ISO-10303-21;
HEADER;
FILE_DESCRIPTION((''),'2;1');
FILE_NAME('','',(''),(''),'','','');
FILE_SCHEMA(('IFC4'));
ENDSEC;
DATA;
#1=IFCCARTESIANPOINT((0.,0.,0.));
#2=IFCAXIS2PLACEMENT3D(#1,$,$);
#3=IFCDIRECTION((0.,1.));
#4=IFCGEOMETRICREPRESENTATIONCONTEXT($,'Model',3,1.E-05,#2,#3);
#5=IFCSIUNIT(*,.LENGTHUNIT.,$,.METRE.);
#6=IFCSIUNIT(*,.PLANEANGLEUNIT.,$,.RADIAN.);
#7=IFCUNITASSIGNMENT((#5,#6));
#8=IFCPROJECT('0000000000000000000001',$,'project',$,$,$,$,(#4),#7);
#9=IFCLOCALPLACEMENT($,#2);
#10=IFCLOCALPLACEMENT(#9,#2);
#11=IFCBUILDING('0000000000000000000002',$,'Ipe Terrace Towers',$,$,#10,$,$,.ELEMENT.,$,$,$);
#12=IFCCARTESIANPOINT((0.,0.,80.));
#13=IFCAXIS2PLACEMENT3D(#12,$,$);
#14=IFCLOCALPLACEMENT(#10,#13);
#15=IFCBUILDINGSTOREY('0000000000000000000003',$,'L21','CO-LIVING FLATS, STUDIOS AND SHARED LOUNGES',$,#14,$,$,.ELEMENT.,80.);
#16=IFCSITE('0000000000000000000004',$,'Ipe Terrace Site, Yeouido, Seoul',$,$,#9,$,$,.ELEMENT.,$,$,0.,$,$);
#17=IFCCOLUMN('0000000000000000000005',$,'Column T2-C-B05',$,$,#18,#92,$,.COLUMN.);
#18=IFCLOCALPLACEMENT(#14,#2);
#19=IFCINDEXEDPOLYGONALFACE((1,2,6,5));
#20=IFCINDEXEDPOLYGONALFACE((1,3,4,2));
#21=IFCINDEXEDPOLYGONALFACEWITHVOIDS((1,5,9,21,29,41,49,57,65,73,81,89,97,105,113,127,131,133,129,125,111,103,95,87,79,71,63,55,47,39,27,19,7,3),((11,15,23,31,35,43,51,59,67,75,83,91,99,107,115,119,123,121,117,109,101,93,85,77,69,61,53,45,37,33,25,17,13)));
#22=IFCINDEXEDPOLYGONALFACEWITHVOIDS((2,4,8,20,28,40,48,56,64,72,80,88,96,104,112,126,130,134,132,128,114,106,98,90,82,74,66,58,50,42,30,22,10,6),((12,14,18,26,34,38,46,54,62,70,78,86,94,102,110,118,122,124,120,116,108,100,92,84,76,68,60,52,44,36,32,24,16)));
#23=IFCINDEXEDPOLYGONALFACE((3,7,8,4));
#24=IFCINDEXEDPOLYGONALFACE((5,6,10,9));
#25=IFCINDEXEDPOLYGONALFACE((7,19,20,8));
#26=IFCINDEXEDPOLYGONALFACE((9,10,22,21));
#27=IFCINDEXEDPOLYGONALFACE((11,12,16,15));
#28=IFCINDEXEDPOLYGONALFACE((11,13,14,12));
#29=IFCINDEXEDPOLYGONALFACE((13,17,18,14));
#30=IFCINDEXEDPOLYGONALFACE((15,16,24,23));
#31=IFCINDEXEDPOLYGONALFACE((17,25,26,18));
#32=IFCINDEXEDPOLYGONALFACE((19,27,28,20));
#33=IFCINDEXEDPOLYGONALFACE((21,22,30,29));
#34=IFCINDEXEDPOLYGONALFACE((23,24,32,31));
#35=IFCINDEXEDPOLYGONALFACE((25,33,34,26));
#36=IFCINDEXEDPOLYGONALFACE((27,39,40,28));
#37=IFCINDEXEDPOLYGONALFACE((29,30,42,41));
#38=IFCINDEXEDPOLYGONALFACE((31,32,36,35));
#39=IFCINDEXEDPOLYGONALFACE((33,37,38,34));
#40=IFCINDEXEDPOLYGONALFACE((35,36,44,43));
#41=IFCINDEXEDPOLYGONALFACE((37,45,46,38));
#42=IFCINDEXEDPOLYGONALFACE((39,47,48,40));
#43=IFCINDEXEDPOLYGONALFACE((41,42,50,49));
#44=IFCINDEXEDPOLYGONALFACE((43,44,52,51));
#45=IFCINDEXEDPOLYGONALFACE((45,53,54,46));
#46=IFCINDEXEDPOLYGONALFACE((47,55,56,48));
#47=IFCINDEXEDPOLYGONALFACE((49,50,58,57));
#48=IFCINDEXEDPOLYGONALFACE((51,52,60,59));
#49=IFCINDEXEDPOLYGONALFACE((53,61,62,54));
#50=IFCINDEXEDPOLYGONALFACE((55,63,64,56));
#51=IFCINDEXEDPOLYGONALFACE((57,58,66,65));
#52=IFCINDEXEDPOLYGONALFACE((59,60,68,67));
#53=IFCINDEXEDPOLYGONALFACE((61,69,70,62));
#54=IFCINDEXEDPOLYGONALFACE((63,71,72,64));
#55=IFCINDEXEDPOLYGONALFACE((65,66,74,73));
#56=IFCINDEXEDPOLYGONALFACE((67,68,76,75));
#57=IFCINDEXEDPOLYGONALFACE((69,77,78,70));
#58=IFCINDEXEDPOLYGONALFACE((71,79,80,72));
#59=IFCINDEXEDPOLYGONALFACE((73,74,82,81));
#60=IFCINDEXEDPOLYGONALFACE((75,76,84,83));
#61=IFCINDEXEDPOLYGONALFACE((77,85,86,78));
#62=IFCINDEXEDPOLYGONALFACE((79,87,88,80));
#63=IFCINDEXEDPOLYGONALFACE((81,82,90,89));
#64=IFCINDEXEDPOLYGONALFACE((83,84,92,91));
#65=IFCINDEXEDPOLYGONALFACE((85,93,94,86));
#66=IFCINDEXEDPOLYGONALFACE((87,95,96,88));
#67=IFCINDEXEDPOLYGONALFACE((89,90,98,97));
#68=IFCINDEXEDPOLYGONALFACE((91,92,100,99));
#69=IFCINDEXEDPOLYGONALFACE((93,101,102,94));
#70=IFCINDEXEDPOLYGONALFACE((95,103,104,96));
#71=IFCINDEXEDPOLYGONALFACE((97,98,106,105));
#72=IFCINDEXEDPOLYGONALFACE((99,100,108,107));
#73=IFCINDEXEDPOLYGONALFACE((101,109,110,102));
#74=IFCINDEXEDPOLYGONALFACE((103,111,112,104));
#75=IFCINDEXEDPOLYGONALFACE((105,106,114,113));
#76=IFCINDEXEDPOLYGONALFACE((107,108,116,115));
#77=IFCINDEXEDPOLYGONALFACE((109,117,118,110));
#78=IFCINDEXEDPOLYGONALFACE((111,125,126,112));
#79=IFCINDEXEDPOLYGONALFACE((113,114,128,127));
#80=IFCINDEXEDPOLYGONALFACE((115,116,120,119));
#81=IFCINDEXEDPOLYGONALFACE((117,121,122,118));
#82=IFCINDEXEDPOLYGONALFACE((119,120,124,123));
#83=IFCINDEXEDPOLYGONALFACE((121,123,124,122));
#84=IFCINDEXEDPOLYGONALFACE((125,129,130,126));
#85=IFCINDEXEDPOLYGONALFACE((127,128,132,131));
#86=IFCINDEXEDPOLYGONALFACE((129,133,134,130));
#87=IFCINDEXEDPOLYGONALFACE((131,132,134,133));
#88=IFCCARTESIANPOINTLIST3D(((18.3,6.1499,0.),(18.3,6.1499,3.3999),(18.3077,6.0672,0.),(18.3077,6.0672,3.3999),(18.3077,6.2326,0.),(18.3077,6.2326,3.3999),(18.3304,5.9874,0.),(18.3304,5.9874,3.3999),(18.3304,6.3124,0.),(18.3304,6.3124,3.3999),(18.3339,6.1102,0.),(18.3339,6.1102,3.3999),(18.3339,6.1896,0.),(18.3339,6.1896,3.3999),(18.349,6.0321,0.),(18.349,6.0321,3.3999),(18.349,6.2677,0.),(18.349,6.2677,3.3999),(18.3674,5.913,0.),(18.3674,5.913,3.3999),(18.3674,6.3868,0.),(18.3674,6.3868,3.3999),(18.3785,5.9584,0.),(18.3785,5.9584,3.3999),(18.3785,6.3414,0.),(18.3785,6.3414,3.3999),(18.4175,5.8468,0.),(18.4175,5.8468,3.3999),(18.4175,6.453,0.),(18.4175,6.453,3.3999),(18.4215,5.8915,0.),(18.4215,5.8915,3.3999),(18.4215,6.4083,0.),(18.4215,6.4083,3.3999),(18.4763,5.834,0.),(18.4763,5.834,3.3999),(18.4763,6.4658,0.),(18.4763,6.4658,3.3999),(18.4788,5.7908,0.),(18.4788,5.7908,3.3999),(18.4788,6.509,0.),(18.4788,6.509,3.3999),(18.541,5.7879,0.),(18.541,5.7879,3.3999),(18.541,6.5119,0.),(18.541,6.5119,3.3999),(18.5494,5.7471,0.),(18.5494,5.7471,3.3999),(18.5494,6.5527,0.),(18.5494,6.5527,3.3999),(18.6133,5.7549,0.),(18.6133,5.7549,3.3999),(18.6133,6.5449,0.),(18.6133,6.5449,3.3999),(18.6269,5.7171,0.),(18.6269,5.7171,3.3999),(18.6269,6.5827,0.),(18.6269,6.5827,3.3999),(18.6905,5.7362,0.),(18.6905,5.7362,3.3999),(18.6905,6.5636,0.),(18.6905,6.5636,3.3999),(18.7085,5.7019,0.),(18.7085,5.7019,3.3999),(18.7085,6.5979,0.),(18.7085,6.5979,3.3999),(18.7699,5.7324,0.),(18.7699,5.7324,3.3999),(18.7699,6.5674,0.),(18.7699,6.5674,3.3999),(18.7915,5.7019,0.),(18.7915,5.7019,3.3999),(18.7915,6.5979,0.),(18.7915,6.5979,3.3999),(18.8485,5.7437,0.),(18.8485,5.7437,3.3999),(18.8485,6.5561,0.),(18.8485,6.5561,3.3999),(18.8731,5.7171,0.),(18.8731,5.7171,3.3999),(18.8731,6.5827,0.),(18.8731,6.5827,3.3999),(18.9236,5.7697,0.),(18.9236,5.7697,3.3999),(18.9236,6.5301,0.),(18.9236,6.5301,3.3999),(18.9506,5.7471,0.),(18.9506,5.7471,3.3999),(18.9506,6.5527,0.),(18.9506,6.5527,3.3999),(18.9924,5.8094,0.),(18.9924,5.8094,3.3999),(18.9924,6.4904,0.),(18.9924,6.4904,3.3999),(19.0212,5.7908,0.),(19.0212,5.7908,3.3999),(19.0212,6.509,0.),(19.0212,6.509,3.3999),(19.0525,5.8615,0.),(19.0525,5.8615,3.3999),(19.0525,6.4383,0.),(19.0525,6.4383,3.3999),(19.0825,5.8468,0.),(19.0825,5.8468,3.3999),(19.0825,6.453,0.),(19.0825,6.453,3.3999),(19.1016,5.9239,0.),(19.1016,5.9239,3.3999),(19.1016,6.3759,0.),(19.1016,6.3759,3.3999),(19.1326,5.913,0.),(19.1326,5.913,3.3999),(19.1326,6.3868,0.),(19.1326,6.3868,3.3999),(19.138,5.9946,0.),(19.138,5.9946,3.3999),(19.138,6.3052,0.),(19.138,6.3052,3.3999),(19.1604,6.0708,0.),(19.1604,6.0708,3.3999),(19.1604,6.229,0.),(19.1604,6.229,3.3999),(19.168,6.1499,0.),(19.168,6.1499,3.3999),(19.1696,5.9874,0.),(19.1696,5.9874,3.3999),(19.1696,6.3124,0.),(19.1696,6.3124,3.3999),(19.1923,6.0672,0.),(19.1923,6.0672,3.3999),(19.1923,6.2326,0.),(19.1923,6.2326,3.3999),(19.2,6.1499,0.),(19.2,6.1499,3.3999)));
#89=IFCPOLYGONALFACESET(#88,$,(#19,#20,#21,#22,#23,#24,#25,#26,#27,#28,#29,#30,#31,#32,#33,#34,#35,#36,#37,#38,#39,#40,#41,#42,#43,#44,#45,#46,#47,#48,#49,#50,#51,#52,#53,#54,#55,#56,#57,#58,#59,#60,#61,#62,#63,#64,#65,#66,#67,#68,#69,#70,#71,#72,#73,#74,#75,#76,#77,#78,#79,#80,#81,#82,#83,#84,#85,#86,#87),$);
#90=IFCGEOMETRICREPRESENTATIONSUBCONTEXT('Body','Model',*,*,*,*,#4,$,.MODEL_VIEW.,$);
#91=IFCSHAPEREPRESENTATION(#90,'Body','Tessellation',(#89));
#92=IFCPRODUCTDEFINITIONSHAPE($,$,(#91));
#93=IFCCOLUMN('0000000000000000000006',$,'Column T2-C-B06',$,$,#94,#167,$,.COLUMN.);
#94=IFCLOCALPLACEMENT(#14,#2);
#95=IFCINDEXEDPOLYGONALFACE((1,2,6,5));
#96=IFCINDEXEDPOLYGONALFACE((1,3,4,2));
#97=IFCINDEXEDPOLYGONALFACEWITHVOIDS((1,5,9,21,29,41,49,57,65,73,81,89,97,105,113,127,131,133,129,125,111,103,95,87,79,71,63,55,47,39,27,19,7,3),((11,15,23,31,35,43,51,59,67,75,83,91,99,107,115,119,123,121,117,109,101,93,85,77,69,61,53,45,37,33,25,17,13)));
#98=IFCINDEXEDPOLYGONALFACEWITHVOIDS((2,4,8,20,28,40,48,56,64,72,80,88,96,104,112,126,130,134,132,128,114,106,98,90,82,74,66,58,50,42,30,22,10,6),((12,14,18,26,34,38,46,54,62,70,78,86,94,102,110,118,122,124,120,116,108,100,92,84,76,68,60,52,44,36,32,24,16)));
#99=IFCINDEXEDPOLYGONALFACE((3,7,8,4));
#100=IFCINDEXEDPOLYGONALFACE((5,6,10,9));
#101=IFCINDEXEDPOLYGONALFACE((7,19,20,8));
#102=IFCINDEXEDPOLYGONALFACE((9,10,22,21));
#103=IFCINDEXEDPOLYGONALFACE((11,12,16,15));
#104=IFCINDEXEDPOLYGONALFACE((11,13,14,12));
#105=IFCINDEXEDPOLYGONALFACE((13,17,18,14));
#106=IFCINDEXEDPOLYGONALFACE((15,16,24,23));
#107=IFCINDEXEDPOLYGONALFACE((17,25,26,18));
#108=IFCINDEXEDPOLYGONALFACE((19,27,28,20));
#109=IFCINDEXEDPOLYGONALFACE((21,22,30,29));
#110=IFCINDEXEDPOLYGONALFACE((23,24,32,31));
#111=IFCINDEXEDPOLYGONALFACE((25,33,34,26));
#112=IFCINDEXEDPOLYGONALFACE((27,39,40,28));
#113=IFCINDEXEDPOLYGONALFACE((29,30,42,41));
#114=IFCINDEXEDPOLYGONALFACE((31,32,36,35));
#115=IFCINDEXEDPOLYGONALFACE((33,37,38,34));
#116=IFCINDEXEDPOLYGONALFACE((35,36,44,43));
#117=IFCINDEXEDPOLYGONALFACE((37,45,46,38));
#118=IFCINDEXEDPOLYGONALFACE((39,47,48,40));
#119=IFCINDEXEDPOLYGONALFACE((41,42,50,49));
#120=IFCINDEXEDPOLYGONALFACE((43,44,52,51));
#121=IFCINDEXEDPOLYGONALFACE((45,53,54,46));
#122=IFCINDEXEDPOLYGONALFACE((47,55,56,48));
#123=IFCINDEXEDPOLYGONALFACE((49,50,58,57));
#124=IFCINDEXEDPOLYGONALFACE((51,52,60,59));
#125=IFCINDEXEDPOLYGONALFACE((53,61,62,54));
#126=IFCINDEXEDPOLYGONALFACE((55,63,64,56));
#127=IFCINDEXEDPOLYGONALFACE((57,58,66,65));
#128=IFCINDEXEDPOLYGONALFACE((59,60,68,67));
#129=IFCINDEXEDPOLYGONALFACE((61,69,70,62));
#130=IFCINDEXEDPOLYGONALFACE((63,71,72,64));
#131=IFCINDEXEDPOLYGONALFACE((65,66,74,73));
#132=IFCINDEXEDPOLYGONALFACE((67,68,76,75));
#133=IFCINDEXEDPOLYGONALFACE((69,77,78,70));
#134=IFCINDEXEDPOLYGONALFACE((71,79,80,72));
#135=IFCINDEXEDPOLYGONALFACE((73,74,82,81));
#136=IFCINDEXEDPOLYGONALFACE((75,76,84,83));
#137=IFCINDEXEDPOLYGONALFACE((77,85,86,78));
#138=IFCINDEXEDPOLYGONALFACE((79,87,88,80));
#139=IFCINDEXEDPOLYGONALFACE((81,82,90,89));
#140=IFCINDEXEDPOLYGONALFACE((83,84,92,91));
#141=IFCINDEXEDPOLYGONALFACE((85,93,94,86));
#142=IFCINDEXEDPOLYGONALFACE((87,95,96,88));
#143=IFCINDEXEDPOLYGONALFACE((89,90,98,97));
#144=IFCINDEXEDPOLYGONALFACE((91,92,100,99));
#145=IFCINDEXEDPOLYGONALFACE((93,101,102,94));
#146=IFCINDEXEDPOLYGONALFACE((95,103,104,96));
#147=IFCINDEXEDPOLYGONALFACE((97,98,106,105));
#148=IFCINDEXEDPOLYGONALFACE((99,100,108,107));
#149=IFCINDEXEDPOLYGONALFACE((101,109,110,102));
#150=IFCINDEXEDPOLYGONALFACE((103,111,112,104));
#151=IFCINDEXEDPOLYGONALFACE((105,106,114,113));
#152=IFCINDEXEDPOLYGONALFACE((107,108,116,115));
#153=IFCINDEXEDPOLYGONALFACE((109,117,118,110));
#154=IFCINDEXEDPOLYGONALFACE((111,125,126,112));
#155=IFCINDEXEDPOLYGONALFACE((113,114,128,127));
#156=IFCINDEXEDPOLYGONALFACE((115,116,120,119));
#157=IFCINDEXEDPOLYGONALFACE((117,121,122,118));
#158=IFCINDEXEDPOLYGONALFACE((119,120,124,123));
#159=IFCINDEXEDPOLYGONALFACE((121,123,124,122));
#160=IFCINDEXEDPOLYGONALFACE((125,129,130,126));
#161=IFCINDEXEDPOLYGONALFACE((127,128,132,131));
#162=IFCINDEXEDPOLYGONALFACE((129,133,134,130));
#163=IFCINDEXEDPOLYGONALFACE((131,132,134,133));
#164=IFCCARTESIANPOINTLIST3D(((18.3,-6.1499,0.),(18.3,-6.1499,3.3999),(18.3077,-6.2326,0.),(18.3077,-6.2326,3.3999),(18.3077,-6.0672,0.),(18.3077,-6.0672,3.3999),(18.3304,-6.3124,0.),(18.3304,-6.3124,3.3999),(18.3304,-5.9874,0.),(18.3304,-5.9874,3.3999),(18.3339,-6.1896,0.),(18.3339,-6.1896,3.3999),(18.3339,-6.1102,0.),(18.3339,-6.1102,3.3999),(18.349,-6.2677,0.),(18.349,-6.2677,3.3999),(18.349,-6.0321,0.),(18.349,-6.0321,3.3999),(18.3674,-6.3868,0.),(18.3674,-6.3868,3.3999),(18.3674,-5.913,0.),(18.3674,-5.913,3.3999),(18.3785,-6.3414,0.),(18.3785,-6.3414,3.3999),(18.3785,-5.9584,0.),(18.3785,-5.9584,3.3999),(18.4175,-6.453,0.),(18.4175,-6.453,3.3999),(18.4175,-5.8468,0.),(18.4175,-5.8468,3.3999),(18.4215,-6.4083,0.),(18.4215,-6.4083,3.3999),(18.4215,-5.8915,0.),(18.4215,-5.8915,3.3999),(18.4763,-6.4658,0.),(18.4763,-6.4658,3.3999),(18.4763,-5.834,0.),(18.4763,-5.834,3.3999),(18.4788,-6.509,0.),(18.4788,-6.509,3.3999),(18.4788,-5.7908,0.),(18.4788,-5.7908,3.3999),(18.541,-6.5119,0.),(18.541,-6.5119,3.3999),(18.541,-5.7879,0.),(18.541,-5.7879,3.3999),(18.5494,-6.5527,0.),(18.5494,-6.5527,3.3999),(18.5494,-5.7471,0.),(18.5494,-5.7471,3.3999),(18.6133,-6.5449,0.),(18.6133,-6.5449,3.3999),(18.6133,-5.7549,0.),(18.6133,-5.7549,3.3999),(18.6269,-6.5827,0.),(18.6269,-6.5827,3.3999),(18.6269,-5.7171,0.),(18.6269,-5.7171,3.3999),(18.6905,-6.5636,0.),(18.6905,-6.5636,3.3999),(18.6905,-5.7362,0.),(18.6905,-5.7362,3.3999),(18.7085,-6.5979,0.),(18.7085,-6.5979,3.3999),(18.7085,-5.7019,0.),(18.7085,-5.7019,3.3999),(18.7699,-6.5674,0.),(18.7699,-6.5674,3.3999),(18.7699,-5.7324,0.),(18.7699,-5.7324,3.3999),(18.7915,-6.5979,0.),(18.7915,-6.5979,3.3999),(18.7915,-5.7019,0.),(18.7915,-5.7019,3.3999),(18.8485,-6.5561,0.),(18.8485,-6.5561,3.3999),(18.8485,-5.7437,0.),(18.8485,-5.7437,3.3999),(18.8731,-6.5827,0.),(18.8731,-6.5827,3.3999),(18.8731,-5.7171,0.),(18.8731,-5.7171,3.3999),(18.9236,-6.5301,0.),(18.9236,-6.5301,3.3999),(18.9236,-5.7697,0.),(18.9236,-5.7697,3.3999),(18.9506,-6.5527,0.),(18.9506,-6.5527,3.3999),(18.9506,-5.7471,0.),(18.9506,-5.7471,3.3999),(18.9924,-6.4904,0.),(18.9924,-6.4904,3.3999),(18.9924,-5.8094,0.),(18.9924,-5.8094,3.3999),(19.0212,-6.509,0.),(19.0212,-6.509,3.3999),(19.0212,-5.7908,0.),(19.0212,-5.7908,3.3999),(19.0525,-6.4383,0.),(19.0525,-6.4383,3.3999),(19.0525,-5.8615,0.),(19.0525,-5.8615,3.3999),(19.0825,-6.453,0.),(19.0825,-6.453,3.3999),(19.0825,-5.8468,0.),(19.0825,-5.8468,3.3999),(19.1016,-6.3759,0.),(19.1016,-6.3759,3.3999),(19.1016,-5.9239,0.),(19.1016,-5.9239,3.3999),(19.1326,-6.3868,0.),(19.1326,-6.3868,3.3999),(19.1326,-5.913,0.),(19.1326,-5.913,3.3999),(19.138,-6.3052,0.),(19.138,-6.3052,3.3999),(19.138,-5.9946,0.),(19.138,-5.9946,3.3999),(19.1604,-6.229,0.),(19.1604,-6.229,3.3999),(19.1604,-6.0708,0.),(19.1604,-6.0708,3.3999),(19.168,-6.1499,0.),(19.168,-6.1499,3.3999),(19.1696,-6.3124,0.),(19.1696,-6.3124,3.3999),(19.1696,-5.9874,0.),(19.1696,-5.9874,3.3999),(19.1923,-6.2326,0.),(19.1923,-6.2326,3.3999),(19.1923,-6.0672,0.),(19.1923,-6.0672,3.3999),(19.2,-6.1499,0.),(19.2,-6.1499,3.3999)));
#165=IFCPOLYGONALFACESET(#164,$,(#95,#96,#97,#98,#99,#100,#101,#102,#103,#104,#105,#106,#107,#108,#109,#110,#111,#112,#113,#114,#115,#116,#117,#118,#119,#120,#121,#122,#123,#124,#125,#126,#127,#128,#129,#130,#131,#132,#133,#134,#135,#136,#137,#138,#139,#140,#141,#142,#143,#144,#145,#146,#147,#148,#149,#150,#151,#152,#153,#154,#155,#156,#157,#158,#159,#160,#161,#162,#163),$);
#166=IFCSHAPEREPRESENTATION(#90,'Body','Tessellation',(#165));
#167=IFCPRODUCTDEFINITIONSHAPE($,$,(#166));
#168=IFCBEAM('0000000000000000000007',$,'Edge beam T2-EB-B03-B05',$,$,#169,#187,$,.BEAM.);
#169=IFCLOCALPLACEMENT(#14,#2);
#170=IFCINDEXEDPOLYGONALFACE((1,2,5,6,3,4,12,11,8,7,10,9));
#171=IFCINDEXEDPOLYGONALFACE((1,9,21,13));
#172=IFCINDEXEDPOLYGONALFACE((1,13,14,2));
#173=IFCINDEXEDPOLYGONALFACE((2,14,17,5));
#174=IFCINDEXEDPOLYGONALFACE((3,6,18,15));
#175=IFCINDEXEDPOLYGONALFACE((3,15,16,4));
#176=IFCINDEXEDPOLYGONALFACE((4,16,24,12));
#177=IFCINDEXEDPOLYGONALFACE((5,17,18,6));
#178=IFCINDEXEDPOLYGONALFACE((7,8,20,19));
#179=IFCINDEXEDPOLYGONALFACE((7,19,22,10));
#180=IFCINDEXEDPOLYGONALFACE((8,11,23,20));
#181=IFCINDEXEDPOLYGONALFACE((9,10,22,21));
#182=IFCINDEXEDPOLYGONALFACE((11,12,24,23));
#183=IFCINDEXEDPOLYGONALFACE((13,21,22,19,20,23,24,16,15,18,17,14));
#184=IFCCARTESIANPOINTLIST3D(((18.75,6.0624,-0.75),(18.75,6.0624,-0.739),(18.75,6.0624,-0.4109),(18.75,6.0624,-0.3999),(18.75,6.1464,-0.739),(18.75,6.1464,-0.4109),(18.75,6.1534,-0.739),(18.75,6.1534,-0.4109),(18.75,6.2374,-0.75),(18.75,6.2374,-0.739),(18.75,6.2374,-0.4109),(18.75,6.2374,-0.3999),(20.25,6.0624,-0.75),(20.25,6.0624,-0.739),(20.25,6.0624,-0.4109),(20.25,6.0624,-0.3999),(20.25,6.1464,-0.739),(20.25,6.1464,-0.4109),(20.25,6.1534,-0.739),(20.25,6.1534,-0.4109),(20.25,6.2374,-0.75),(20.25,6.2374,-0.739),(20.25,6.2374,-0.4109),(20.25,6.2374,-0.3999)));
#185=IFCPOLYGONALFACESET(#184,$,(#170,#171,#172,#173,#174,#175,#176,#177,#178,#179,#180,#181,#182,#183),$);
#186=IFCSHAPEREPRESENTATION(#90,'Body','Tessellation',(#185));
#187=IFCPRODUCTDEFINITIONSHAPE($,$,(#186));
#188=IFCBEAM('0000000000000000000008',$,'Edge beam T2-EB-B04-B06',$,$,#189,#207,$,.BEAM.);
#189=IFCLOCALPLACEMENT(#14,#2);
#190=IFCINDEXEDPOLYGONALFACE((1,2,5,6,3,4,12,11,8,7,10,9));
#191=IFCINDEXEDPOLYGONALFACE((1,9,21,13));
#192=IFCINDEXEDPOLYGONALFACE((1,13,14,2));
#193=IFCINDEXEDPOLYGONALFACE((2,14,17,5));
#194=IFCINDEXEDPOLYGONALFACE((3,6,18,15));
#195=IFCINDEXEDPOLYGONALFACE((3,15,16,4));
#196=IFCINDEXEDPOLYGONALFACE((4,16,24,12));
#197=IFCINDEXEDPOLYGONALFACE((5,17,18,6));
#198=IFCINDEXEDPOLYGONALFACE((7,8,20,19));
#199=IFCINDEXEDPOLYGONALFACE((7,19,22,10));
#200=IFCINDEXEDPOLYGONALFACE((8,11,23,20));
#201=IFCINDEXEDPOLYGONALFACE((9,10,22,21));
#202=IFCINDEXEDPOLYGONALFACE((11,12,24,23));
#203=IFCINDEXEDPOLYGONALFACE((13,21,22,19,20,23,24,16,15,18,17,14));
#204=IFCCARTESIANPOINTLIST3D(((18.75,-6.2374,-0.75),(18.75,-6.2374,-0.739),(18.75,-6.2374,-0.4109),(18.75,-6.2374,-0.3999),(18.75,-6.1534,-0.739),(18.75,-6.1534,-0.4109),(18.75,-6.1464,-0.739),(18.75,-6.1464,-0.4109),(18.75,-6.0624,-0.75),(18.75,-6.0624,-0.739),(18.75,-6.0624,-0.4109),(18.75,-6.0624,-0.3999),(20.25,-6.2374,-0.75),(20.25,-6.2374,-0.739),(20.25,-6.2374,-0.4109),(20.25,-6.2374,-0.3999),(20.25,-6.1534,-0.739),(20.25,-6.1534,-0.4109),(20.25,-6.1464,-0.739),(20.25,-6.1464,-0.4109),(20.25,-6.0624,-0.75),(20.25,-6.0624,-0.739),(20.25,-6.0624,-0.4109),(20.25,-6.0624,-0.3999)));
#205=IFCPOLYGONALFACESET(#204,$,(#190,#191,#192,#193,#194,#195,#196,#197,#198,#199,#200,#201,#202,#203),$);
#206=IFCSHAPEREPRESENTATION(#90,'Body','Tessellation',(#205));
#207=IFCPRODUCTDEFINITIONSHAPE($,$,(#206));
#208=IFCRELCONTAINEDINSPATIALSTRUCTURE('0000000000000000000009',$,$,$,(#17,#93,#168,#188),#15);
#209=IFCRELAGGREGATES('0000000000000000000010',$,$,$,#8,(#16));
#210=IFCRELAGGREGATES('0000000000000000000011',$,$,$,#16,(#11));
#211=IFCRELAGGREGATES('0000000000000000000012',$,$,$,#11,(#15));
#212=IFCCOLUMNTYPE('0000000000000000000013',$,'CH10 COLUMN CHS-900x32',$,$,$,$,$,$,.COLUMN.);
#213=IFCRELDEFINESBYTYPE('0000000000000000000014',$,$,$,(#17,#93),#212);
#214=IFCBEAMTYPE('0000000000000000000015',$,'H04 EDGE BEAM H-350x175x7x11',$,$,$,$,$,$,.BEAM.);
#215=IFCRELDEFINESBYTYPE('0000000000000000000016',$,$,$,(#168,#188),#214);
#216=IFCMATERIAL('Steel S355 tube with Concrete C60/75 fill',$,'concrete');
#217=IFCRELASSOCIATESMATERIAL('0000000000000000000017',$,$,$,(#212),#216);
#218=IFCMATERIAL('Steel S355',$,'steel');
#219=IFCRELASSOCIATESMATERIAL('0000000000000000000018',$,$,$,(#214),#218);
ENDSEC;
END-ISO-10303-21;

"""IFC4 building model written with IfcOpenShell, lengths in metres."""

from ifc_helpers import new_model, si_unit, direction, frame, origin, origin_2d, place, context, subcontext, project, spatial, hollow_circle, i_section, extrude, material, material_profile, profile_set, type_object, element, save


model = new_model("IFC4")

# Units and contexts
model_context = context("Model", 3, precision=1e-05, world=origin(), true_north=direction((0.0, 1.0)))
body_context = subcontext(model_context, "Body", "Model", "MODEL_VIEW")
ifc_project = project(units=[si_unit("LENGTHUNIT", "METRE"), si_unit("PLANEANGLEUNIT", "RADIAN")], contexts=[model_context])

# Site, building, storey
site_placement = place(None, origin())
site = spatial("IfcSite", under=ifc_project, at=site_placement, Name="Ipe Terrace Site, Yeouido, Seoul", CompositionType="ELEMENT", RefElevation=0.0)
building_placement = place(site_placement, origin())
building = spatial("IfcBuilding", under=site, at=building_placement, Name="Ipe Terrace Towers", CompositionType="ELEMENT")
storey_placement = place(building_placement, frame((0.0, 0.0, 80.0)))
storey = spatial("IfcBuildingStorey", under=building, at=storey_placement, Name="L21", Description="CO-LIVING FLATS, STUDIOS AND SHARED LOUNGES", CompositionType="ELEMENT", Elevation=80.0)

# Columns
ifc_material_1 = material(Name="Steel S355 tube with Concrete C60/75 fill", Category="concrete")
ifc_material_profile_1 = material_profile(ifc_material_1, hollow_circle(Radius=0.45, WallThickness=0.032, at=origin_2d()), Name="CHS-900x32")
ifc_profile_set_1 = profile_set([ifc_material_profile_1], Name="Steel S355 tube with Concrete C60/75 fill")
column_type = type_object("IfcColumnType", Name="CH10 COLUMN CHS-900x32", PredefinedType="COLUMN", material=ifc_profile_set_1)
for number, where, z_axis, x_axis, name in (
    (1, (18.75, 6.1499, 0.0), (0.0, 0.0, 1.0), (1.0, 0.0, 0.0), "Column T2-C-B05"),
    (2, (18.75, -6.1499, 0.0), (0.0, 0.0, 1.0), (1.0, 0.0, 0.0), "Column T2-C-B06"),
):
    element("IfcColumn", number, at=place(storey_placement, frame(where, z_axis=z_axis, x_axis=x_axis)), inside=storey, type_object=column_type, Name=name, PredefinedType="COLUMN", context=body_context, shape_type="SweptSolid", body=[
        extrude(hollow_circle(Radius=0.45, WallThickness=0.032, at=origin_2d()), origin(), (0.0, 0.0, 1.0), 3.3999),
    ])

# Beams
ifc_material_2 = material(Name="Steel S355", Category="steel")
ifc_material_profile_2 = material_profile(ifc_material_2, i_section(OverallWidth=0.175, OverallDepth=0.3501, WebThickness=0.0071, FlangeThickness=0.011, at=origin_2d()), Name="H-350x175x7x11")
ifc_profile_set_2 = profile_set([ifc_material_profile_2], Name="Steel S355")
beam_type_1 = type_object("IfcBeamType", Name="H04 EDGE BEAM H-350x175x7x11", PredefinedType="BEAM", material=ifc_profile_set_2)
for number, where, z_axis, x_axis, name in (
    (3, (20.25, 6.1499, -0.575), (-1.0, 0.0, 0.0), (0.0, -1.0, 0.0), "Edge beam T2-EB-B03-B05"),
    (4, (20.25, -6.1499, -0.575), (-1.0, 0.0, 0.0), (0.0, -1.0, 0.0), "Edge beam T2-EB-B04-B06"),
):
    element("IfcBeam", number, at=place(storey_placement, frame(where, z_axis=z_axis, x_axis=x_axis)), inside=storey, type_object=beam_type_1, Name=name, PredefinedType="BEAM", context=body_context, shape_type="SweptSolid", body=[
        extrude(i_section(OverallWidth=0.175, OverallDepth=0.3501, WebThickness=0.0071, FlangeThickness=0.011, at=origin_2d()), origin(), (0.0, 0.0, 1.0), 1.5),
    ])

save(model, "model.ifc")
